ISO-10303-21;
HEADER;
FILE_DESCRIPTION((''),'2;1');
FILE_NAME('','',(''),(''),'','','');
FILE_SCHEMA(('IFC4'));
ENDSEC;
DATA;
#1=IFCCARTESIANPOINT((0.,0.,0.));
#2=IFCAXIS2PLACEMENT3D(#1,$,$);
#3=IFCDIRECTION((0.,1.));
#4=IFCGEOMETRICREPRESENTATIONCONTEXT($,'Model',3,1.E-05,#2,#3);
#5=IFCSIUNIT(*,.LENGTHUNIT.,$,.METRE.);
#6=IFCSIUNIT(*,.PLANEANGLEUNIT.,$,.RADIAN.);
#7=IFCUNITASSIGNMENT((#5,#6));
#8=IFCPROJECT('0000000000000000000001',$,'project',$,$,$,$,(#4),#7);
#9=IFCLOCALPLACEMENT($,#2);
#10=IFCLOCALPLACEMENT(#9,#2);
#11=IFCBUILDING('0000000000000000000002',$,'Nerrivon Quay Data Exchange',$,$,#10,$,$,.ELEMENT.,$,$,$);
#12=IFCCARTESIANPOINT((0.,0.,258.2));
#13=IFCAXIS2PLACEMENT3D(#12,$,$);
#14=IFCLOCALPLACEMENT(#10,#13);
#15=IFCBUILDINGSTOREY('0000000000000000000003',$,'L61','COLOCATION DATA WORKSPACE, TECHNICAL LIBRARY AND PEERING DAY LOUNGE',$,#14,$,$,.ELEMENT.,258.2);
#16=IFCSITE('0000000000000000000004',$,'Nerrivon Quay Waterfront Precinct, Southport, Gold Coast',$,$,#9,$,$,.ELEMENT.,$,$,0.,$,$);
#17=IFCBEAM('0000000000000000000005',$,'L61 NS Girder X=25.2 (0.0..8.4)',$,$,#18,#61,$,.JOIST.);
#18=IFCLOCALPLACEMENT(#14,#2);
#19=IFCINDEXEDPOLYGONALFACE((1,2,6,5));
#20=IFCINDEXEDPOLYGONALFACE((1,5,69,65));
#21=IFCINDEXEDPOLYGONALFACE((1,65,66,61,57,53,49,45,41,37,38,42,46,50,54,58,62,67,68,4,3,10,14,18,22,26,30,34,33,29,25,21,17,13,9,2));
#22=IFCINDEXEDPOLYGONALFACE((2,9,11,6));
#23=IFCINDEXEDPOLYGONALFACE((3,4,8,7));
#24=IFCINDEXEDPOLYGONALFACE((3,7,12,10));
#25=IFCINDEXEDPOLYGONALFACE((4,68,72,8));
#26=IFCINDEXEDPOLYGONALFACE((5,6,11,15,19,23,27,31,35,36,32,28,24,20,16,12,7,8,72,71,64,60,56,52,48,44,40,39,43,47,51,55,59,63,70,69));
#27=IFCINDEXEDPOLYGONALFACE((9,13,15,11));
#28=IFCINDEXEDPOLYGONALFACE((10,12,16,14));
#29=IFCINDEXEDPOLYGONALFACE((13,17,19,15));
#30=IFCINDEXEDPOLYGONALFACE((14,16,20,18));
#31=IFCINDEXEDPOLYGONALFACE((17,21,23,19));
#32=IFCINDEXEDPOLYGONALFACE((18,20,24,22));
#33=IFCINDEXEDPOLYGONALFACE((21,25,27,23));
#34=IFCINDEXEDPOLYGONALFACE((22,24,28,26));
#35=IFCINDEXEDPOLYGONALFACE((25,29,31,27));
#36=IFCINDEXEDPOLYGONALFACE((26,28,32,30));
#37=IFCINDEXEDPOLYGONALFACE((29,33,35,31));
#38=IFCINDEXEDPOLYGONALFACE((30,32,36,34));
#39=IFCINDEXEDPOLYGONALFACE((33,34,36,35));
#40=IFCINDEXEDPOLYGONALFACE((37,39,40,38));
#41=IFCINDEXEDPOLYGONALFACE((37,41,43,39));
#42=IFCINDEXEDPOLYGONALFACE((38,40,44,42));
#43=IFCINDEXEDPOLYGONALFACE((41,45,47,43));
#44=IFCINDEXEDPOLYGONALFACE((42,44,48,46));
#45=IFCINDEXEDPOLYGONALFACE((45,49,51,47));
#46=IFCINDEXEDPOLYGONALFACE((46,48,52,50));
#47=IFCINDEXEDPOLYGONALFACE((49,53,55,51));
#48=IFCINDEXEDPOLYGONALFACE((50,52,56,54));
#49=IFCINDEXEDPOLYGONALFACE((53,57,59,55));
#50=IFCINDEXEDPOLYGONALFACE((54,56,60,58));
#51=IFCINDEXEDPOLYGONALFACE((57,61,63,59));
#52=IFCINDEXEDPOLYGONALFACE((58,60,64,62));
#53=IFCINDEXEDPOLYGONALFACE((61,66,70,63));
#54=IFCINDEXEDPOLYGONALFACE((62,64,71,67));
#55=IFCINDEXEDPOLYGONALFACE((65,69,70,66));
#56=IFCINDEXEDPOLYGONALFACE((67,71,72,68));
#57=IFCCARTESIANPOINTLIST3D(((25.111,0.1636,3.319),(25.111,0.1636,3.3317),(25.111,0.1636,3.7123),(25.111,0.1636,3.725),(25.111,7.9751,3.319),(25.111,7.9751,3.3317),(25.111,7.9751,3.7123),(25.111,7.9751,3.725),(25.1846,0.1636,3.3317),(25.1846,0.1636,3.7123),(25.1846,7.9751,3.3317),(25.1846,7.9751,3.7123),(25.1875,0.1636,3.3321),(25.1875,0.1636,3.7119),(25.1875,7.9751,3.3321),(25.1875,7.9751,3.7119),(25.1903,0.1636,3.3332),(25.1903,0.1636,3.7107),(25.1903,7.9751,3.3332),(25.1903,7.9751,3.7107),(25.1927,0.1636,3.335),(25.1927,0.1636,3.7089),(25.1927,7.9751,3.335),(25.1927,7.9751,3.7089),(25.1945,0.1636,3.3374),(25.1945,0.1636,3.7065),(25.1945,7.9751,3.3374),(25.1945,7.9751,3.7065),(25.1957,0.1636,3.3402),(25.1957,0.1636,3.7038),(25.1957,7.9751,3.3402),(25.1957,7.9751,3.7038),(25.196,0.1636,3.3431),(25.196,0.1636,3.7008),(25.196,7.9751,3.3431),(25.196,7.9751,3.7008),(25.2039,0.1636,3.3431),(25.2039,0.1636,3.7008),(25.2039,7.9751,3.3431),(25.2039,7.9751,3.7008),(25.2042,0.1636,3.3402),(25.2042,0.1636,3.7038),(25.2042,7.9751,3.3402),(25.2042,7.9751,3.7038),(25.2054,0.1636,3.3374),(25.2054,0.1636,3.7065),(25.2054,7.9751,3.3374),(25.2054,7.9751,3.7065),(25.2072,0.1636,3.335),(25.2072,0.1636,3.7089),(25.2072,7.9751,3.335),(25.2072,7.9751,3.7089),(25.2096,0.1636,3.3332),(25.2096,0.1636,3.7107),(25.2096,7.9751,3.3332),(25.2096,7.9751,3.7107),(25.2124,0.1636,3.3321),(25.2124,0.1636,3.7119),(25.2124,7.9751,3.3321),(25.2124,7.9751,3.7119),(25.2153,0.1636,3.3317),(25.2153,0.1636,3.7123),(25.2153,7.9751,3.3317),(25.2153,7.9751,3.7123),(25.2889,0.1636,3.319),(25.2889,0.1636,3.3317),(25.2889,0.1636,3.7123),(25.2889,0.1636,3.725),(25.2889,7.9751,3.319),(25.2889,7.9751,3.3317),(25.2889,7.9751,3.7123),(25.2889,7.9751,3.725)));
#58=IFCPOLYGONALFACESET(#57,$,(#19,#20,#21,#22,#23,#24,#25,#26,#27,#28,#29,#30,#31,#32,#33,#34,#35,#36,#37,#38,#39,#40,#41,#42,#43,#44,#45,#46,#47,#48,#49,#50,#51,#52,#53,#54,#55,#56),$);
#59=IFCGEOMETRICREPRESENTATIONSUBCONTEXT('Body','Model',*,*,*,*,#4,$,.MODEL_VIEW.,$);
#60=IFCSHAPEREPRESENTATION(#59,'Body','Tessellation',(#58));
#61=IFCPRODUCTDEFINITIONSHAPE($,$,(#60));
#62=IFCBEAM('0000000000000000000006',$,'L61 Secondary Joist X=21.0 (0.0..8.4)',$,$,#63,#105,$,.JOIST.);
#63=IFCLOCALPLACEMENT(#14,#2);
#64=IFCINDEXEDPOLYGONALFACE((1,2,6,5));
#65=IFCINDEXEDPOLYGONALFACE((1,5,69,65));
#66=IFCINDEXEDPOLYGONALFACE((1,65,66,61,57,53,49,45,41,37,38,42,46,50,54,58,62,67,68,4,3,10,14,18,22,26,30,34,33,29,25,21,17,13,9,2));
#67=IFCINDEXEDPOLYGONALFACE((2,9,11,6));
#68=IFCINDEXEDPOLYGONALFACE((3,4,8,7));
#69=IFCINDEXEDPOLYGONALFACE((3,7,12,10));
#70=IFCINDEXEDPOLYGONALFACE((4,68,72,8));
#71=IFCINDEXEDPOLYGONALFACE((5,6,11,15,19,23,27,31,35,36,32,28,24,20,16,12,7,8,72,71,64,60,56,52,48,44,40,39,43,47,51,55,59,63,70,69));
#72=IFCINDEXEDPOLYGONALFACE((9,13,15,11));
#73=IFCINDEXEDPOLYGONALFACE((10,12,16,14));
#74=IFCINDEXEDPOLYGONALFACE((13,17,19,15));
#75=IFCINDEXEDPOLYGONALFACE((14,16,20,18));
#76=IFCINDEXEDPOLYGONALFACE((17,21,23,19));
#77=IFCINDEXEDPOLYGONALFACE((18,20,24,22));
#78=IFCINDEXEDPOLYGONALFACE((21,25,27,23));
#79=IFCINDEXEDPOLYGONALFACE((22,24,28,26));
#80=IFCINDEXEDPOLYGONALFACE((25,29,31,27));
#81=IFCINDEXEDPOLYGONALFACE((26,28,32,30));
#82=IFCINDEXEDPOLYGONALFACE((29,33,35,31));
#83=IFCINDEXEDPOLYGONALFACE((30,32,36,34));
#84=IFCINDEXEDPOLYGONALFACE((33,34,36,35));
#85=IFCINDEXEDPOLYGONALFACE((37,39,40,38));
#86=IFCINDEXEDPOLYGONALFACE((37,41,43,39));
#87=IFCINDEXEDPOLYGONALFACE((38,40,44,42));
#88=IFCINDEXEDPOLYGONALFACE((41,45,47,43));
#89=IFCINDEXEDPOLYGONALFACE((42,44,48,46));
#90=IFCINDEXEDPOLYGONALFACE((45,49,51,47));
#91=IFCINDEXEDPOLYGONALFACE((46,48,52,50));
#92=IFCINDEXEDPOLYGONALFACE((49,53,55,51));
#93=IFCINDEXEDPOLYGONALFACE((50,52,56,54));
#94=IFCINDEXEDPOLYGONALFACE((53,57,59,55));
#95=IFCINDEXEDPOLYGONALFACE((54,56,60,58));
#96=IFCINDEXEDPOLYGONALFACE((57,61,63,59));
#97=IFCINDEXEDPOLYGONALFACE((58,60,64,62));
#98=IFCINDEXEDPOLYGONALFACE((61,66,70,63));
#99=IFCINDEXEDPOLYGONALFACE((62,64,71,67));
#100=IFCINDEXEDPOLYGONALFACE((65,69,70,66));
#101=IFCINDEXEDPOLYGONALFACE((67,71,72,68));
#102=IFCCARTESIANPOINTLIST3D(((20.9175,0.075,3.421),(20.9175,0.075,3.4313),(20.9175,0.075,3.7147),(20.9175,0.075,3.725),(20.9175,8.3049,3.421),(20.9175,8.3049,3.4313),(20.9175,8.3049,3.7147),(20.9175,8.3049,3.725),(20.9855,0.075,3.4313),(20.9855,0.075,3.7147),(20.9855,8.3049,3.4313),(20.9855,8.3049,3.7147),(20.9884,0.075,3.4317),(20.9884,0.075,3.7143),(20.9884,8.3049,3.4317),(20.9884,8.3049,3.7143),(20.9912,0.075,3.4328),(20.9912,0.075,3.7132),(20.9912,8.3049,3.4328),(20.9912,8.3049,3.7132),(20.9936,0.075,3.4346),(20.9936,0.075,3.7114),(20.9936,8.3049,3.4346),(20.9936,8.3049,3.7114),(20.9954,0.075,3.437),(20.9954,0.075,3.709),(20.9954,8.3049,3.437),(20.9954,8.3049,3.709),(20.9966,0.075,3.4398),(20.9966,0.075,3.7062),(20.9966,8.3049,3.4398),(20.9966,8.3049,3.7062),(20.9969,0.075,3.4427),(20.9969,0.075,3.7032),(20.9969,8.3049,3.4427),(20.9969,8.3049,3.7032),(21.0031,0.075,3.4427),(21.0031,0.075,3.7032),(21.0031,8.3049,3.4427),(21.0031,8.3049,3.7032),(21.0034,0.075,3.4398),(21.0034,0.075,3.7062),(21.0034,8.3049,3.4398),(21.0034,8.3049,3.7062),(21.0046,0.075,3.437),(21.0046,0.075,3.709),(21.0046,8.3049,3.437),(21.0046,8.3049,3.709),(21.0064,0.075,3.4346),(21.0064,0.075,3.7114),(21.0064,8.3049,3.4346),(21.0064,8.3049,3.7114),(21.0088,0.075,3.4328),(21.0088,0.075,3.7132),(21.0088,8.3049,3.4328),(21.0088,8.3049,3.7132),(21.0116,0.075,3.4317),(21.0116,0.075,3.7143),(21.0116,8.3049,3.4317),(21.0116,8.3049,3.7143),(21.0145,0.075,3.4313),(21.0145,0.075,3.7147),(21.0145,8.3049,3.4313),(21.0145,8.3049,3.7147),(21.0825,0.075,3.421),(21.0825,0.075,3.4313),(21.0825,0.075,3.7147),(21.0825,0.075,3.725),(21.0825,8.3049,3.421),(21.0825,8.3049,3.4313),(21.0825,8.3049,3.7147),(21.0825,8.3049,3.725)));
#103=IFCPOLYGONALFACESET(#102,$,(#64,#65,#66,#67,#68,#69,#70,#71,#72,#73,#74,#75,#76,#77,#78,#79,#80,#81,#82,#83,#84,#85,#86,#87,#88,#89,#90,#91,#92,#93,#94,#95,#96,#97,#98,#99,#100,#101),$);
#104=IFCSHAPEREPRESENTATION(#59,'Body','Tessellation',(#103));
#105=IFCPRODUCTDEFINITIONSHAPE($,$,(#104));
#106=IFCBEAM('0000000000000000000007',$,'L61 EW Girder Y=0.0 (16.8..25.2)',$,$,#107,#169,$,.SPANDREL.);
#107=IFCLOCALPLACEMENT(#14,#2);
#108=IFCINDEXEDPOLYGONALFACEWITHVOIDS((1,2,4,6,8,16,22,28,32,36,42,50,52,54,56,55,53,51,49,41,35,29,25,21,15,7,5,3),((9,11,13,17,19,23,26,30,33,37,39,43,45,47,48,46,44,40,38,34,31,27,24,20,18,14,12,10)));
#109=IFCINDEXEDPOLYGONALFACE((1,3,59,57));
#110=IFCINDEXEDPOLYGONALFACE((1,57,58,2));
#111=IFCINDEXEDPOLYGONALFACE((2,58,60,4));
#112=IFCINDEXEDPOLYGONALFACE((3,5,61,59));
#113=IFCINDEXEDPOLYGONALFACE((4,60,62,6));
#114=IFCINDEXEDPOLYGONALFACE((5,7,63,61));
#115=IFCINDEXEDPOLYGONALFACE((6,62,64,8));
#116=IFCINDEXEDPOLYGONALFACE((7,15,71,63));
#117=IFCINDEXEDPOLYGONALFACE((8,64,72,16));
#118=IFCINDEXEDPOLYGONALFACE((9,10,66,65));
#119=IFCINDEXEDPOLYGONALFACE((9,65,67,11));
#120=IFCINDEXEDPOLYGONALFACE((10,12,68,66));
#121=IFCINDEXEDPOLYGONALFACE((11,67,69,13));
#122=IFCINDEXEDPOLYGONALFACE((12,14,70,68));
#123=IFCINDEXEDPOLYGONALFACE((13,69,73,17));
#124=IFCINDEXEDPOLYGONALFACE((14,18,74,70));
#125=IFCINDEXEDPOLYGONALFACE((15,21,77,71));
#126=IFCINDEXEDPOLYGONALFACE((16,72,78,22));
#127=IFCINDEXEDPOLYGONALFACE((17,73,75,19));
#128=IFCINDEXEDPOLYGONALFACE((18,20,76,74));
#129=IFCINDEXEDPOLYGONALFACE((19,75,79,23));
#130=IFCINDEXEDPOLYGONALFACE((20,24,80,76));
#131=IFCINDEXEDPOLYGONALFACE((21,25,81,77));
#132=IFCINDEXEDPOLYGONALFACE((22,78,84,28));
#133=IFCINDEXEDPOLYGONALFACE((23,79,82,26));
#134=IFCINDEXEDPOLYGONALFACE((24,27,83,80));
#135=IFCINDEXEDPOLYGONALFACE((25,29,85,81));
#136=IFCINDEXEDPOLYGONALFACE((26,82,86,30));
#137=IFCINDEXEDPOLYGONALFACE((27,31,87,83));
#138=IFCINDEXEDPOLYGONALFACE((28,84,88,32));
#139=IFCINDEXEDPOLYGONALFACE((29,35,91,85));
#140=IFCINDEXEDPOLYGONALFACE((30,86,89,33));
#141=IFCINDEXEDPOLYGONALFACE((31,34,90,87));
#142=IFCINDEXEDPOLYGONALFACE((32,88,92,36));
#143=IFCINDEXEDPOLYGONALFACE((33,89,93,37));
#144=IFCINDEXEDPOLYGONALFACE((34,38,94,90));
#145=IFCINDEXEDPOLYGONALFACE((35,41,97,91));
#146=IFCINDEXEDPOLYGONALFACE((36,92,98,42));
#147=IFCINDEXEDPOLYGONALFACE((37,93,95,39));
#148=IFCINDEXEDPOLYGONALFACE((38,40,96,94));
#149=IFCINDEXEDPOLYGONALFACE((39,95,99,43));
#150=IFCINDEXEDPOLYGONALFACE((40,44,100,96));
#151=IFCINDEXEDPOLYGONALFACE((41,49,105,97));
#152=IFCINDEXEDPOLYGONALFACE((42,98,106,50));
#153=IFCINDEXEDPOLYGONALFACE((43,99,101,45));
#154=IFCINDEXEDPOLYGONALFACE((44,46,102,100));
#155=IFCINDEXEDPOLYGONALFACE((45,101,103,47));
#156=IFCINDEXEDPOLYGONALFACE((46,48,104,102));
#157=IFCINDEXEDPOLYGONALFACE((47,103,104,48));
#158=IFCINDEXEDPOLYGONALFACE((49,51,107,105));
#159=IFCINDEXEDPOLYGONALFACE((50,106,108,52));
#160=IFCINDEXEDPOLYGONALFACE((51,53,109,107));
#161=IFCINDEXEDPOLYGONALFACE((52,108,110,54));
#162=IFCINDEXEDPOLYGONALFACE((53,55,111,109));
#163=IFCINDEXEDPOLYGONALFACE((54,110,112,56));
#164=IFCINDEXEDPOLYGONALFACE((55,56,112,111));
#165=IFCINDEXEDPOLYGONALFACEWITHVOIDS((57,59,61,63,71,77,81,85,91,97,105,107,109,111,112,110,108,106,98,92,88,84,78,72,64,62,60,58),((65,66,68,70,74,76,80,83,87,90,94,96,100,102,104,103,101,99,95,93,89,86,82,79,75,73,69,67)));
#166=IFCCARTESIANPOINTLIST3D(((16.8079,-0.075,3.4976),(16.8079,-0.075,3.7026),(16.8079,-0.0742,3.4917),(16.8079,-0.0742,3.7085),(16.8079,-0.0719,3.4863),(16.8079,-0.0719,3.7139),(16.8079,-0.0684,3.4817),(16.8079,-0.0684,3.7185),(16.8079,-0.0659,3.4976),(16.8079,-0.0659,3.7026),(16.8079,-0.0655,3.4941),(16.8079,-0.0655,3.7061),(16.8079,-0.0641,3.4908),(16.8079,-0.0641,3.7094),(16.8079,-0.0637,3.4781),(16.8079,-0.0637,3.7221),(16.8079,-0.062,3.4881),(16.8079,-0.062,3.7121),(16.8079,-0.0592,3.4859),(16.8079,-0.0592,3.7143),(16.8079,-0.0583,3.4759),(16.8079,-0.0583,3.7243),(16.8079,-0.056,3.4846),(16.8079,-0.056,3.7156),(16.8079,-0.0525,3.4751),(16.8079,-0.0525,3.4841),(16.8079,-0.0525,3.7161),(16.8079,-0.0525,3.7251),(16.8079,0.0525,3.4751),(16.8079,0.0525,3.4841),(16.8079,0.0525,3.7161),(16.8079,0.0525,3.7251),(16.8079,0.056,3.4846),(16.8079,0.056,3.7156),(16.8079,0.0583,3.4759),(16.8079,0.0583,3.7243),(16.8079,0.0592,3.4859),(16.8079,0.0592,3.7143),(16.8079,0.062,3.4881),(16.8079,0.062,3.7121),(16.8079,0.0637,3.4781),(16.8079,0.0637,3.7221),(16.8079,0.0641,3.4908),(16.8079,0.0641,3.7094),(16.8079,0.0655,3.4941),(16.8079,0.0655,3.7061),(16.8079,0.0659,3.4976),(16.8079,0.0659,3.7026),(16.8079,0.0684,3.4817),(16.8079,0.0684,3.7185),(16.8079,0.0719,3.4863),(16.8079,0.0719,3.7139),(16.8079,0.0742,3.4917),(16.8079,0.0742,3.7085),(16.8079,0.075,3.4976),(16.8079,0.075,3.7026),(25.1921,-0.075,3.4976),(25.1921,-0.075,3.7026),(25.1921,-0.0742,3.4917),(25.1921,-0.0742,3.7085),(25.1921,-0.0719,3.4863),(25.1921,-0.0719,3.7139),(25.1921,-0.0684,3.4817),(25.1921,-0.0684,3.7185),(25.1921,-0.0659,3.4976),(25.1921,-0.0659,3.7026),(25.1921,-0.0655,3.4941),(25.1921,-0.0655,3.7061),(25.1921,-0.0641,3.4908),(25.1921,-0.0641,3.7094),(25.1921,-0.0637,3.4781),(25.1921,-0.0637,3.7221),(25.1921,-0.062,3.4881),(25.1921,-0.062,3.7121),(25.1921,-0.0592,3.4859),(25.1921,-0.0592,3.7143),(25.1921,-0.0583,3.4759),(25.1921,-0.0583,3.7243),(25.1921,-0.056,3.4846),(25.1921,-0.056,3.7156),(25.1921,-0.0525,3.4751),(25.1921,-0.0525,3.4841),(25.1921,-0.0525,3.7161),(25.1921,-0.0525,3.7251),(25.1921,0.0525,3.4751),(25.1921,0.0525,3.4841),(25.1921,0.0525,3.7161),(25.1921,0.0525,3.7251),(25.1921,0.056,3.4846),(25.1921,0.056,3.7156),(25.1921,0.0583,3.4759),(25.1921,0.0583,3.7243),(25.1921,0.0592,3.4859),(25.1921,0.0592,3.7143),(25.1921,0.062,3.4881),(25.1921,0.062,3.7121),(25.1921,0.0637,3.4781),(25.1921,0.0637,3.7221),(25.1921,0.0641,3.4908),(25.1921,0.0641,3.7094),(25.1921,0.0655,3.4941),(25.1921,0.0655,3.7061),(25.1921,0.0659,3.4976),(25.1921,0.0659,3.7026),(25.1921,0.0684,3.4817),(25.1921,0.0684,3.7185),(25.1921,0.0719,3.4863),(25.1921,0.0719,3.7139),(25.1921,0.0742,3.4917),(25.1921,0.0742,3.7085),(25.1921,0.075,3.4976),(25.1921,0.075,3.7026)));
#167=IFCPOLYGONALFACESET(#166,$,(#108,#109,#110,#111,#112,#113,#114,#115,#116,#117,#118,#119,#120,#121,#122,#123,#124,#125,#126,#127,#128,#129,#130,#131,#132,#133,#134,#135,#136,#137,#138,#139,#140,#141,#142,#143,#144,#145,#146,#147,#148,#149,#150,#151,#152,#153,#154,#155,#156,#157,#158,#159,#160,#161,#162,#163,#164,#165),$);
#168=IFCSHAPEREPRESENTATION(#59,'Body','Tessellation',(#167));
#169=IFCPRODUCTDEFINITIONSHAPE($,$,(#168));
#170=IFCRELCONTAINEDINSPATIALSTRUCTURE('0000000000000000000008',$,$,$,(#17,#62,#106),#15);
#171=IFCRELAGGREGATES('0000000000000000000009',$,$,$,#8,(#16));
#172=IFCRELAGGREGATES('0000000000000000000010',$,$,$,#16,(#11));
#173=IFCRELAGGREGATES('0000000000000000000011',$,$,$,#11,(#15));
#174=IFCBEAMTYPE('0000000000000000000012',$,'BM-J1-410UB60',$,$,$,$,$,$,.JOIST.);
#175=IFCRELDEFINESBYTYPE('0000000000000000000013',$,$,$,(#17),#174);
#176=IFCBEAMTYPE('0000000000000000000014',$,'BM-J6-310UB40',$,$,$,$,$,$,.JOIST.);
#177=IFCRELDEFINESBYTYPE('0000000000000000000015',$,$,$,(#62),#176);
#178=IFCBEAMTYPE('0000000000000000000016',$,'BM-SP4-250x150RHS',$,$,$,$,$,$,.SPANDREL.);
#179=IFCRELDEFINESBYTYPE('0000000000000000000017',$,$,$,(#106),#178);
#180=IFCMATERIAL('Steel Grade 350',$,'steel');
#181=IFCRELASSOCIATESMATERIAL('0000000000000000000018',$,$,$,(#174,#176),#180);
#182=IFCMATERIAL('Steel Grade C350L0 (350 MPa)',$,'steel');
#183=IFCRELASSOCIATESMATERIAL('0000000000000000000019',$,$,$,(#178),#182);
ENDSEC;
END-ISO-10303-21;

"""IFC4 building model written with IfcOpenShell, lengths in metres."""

from ifc_helpers import new_model, si_unit, direction, frame, origin, origin_2d, place, context, subcontext, project, spatial, hollow_rectangle, i_section, extrude, material, material_profile, profile_set, type_object, element, save


model = new_model("IFC4")

# Units and contexts
model_context = context("Model", 3, precision=1e-05, world=origin(), true_north=direction((0.0, 1.0)))
body_context = subcontext(model_context, "Body", "Model", "MODEL_VIEW")
ifc_project = project(units=[si_unit("LENGTHUNIT", "METRE"), si_unit("PLANEANGLEUNIT", "RADIAN")], contexts=[model_context])

# Site, building, storey
site_placement = place(None, origin())
site = spatial("IfcSite", under=ifc_project, at=site_placement, Name="Nerrivon Quay Waterfront Precinct, Southport, Gold Coast", CompositionType="ELEMENT", RefElevation=0.0)
building_placement = place(site_placement, origin())
building = spatial("IfcBuilding", under=site, at=building_placement, Name="Nerrivon Quay Data Exchange", CompositionType="ELEMENT")
storey_placement = place(building_placement, frame((0.0, 0.0, 258.2)))
storey = spatial("IfcBuildingStorey", under=building, at=storey_placement, Name="L61", Description="COLOCATION DATA WORKSPACE, TECHNICAL LIBRARY AND PEERING DAY LOUNGE", CompositionType="ELEMENT", Elevation=258.2)

# Shared definitions
ifc_material_1 = material(Name="Steel Grade 350", Category="steel")

# Beams
ifc_material_profile_1 = material_profile(ifc_material_1, i_section(OverallWidth=0.178, OverallDepth=0.406, WebThickness=0.0078, FlangeThickness=0.0127, FilletRadius=0.0115, at=origin_2d()), Name="410UB59.7")
ifc_profile_set_1 = profile_set([ifc_material_profile_1], Name="Steel Grade 350")
beam_type_1 = type_object("IfcBeamType", Name="BM-J1-410UB60", PredefinedType="JOIST", material=ifc_profile_set_1)
beam_1_placement = place(storey_placement, frame((25.2, 0.1636, 3.522), z_axis=(0.0, 1.0, 0.0), x_axis=(-1.0, 0.0, 0.0)))
element("IfcBeam", 1, at=beam_1_placement, inside=storey, type_object=beam_type_1, Name="L61 NS Girder X=25.2 (0.0..8.4)", PredefinedType="JOIST", context=body_context, shape_type="SweptSolid", body=[
    extrude(i_section(OverallWidth=0.178, OverallDepth=0.406, WebThickness=0.0078, FlangeThickness=0.0127, FilletRadius=0.0115, at=origin_2d()), origin(), (0.0, 0.0, 1.0), 7.8115),
])
ifc_material_profile_2 = material_profile(ifc_material_1, i_section(OverallWidth=0.165, OverallDepth=0.304, WebThickness=0.0061, FlangeThickness=0.0103, FilletRadius=0.0115, at=origin_2d()), Name="310UB40.4")
ifc_profile_set_2 = profile_set([ifc_material_profile_2], Name="Steel Grade 350")
beam_type_2 = type_object("IfcBeamType", Name="BM-J6-310UB40", PredefinedType="JOIST", material=ifc_profile_set_2)
beam_2_placement = place(storey_placement, frame((21.0, 0.075, 3.573), z_axis=(0.0, 1.0, 0.0), x_axis=(-1.0, 0.0, 0.0)))
element("IfcBeam", 2, at=beam_2_placement, inside=storey, type_object=beam_type_2, Name="L61 Secondary Joist X=21.0 (0.0..8.4)", PredefinedType="JOIST", context=body_context, shape_type="SweptSolid", body=[
    extrude(i_section(OverallWidth=0.165, OverallDepth=0.304, WebThickness=0.0061, FlangeThickness=0.0103, FilletRadius=0.0115, at=origin_2d()), origin(), (0.0, 0.0, 1.0), 8.23),
])
ifc_material_2 = material(Name="Steel Grade C350L0 (350 MPa)", Category="steel")
ifc_material_profile_3 = material_profile(ifc_material_2, hollow_rectangle(XDim=0.1499, YDim=0.25, WallThickness=0.009, InnerFilletRadius=0.0134, OuterFilletRadius=0.0225, at=origin_2d()), Name="250x150x9.0RHS")
ifc_profile_set_3 = profile_set([ifc_material_profile_3], Name="Steel Grade C350L0 (350 MPa)")
beam_type_3 = type_object("IfcBeamType", Name="BM-SP4-250x150RHS", PredefinedType="SPANDREL", material=ifc_profile_set_3)
for number, where, z_axis, x_axis, name in (
    (3, (16.8079, 0.0, 3.6001), (1.0, 0.0, 0.0), (0.0, 1.0, 0.0), "L61 EW Girder Y=0.0 (16.8..25.2)"),
):
    element("IfcBeam", number, at=place(storey_placement, frame(where, z_axis=z_axis, x_axis=x_axis)), inside=storey, type_object=beam_type_3, Name=name, PredefinedType="SPANDREL", context=body_context, shape_type="SweptSolid", body=[
        extrude(hollow_rectangle(XDim=0.1499, YDim=0.25, WallThickness=0.009, InnerFilletRadius=0.0134, OuterFilletRadius=0.0225, at=origin_2d()), origin(), (0.0, 0.0, 1.0), 8.3843),
    ])

save(model, "model.ifc")
